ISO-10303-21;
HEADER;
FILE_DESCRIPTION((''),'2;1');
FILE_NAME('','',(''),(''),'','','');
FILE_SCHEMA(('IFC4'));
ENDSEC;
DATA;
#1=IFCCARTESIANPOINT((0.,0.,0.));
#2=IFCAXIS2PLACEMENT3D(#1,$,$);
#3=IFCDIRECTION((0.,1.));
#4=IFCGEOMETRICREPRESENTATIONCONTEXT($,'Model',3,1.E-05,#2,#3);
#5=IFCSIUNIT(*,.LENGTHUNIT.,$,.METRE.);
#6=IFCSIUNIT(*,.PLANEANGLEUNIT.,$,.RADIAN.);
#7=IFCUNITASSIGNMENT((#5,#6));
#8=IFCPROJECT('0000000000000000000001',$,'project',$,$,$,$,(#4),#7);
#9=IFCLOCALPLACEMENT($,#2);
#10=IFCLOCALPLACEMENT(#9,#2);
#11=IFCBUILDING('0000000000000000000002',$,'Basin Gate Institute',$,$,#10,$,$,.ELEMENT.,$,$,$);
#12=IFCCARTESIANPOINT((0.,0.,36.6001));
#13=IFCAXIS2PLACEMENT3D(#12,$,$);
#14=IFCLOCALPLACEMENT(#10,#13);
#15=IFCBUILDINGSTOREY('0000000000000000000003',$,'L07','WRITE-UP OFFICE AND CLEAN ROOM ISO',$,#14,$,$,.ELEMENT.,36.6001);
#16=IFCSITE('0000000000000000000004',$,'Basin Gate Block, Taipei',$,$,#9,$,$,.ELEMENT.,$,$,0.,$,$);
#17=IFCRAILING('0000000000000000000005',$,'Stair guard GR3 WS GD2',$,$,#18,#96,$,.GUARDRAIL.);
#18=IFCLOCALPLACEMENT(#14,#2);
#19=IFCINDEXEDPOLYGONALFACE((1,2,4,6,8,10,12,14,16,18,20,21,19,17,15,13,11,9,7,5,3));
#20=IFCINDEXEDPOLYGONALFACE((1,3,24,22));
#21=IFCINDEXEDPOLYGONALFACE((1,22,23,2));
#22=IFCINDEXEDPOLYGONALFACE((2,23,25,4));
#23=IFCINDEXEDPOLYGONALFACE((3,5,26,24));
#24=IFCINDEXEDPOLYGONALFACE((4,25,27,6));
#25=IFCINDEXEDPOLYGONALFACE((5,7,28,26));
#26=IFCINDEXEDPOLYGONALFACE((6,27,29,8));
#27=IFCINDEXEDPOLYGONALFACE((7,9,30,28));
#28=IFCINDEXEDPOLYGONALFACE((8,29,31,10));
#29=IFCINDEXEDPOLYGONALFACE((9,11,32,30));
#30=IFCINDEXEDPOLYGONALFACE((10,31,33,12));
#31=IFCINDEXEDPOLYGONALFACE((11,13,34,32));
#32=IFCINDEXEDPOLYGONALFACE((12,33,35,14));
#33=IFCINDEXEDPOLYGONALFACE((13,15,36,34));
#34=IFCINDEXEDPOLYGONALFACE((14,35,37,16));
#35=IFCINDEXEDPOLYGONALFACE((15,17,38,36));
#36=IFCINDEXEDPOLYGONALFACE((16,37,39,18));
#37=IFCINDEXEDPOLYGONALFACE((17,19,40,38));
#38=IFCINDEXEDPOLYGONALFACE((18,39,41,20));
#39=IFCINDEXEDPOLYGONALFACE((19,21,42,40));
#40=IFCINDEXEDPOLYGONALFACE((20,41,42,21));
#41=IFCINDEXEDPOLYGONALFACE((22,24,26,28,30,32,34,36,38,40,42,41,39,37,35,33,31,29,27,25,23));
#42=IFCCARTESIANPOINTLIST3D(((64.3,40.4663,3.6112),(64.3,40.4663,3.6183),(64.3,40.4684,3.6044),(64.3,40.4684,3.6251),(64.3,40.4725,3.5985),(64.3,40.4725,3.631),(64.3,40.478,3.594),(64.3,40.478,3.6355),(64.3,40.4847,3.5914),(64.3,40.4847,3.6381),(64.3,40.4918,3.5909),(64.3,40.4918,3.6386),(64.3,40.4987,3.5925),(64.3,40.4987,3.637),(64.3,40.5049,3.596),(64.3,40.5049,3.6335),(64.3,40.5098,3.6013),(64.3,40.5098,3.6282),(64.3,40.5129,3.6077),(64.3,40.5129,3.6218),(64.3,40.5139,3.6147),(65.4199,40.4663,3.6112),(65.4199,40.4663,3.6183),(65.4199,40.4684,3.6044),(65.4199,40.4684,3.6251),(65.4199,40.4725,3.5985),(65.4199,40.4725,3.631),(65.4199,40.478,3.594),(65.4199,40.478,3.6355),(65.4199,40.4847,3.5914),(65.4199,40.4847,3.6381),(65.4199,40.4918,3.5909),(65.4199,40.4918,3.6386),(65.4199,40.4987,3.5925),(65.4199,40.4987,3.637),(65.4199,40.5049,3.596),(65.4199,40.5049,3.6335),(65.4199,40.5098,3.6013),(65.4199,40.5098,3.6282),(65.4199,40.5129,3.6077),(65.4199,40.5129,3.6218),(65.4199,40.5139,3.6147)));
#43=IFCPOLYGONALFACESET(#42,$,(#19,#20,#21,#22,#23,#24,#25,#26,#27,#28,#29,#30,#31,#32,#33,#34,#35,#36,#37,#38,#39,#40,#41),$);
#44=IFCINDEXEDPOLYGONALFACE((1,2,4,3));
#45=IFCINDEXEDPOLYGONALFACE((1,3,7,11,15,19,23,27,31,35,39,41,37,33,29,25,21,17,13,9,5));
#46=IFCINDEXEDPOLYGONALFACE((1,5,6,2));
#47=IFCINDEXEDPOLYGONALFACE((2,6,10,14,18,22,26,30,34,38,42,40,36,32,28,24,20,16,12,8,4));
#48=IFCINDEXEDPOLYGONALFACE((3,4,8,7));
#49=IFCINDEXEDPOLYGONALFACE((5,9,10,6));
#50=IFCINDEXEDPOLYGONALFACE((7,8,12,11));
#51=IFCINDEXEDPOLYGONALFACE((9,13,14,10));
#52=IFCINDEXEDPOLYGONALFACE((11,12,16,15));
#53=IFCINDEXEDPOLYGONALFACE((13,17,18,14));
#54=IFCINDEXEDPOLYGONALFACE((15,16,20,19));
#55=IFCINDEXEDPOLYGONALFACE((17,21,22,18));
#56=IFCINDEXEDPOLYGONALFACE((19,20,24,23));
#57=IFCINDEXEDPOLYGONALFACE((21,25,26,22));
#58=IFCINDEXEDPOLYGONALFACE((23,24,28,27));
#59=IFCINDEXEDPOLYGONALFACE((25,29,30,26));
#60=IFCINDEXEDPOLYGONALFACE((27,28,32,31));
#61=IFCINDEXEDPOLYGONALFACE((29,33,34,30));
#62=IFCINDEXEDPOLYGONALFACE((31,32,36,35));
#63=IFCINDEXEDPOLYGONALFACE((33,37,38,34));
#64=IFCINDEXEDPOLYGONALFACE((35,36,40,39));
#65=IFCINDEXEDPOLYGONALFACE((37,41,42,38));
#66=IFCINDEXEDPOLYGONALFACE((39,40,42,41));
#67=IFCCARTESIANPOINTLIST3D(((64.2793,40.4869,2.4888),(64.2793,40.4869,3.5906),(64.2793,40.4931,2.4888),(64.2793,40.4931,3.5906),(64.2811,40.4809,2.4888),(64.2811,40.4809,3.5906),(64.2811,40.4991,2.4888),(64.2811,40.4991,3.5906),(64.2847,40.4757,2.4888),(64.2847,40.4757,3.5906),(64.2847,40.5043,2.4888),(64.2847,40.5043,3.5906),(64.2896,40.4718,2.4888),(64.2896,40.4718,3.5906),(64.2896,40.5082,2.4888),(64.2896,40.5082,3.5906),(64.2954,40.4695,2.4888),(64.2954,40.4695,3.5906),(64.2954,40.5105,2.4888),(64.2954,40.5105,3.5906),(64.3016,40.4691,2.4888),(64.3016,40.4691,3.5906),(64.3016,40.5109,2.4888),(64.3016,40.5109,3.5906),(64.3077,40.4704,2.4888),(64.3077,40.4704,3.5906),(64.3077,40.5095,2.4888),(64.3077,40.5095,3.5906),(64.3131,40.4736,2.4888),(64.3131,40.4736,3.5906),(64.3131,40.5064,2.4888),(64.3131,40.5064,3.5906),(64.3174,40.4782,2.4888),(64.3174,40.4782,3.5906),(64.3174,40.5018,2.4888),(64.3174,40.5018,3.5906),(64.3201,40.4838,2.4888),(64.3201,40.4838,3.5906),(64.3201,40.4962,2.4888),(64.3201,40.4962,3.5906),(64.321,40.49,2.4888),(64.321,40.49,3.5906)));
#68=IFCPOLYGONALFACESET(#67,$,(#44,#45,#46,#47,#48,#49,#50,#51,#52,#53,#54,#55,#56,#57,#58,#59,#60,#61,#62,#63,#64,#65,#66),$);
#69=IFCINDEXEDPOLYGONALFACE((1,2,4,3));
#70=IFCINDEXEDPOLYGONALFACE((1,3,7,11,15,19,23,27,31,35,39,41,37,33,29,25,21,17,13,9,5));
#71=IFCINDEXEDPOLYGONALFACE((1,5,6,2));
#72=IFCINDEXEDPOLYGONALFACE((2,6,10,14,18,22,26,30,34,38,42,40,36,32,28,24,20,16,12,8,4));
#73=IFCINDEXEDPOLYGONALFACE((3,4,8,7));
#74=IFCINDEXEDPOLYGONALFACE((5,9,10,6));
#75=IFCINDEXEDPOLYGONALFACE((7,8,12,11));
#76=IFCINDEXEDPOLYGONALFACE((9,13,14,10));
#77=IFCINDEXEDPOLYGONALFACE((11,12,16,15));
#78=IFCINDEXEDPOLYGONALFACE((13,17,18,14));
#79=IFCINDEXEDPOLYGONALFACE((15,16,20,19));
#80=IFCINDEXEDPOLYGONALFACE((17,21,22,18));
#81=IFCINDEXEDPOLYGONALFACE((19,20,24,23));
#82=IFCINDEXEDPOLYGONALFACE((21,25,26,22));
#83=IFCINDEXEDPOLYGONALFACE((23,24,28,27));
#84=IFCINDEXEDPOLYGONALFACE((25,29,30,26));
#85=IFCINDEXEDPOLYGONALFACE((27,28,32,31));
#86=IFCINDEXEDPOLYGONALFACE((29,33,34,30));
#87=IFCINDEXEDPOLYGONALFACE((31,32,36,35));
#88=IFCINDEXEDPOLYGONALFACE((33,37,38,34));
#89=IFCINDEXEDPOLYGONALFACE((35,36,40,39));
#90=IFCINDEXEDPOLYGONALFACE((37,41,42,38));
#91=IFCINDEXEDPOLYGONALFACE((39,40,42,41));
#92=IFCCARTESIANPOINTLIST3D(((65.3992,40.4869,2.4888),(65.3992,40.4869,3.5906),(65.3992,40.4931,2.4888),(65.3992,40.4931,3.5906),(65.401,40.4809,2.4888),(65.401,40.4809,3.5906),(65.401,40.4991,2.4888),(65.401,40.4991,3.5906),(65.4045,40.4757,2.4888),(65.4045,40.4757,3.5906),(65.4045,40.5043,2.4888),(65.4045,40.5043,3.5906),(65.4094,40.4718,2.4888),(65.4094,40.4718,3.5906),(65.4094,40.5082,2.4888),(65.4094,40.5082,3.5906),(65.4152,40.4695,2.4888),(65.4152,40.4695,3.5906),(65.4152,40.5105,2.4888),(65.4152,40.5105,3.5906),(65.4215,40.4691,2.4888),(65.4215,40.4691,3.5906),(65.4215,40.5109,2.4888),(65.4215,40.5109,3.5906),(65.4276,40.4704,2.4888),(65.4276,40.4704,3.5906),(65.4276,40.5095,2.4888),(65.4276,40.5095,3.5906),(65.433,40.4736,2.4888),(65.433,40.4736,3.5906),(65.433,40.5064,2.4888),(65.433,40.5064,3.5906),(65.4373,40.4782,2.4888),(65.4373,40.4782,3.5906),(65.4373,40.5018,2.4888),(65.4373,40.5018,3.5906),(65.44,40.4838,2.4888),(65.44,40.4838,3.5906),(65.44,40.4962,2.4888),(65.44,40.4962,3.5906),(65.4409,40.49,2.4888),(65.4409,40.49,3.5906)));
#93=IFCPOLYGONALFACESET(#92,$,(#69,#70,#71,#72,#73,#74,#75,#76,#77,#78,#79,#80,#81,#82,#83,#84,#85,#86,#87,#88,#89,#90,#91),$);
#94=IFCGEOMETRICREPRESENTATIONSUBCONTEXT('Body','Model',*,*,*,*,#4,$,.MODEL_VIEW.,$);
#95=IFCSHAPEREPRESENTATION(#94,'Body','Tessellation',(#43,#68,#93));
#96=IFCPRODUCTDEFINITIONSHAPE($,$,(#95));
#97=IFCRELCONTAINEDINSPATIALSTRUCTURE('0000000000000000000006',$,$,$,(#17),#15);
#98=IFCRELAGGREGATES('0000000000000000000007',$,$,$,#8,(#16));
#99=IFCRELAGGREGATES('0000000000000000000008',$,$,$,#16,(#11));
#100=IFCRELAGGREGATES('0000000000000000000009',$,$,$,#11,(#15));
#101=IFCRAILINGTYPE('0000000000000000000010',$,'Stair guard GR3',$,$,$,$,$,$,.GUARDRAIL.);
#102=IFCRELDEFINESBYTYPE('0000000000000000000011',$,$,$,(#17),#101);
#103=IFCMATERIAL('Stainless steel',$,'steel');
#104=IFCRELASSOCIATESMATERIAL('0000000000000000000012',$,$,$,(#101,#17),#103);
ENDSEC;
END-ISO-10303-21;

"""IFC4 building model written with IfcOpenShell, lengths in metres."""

from ifc_helpers import new_model, si_unit, direction, frame, origin, origin_2d, place, context, subcontext, project, spatial, circle, extrude, material, type_object, element, save


model = new_model("IFC4")

# Units and contexts
model_context = context("Model", 3, precision=1e-05, world=origin(), true_north=direction((0.0, 1.0)))
body_context = subcontext(model_context, "Body", "Model", "MODEL_VIEW")
ifc_project = project(units=[si_unit("LENGTHUNIT", "METRE"), si_unit("PLANEANGLEUNIT", "RADIAN")], contexts=[model_context])

# Site, building, storey
site_placement = place(None, origin())
site = spatial("IfcSite", under=ifc_project, at=site_placement, Name="Basin Gate Block, Taipei", CompositionType="ELEMENT", RefElevation=0.0)
building_placement = place(site_placement, origin())
building = spatial("IfcBuilding", under=site, at=building_placement, Name="Basin Gate Institute", CompositionType="ELEMENT")
storey_placement = place(building_placement, frame((0.0, 0.0, 36.6001)))
storey = spatial("IfcBuildingStorey", under=building, at=storey_placement, Name="L07", Description="WRITE-UP OFFICE AND CLEAN ROOM ISO", CompositionType="ELEMENT", Elevation=36.6001)

# Railing
ifc_material_1 = material(Name="Stainless steel", Category="steel")
railing_type_1 = type_object("IfcRailingType", Name="Stair guard GR3", PredefinedType="GUARDRAIL", material=ifc_material_1)
railing_1_placement = place(storey_placement, frame((64.3, 40.49, 2.4888)))
element("IfcRailing", 1, at=railing_1_placement, inside=storey, type_object=railing_type_1, material=ifc_material_1, Name="Stair guard GR3 WS GD2", PredefinedType="GUARDRAIL", context=body_context, shape_type="SweptSolid", body=[
    extrude(circle(Radius=0.0239, at=origin_2d()), frame((0.0, 0.0, 1.126), z_axis=(1.0, 0.0, 0.0), x_axis=(0.0, 1.0, 0.0)), (0.0, 0.0, 1.0), 1.1199),
    extrude(circle(Radius=0.021, at=origin_2d()), origin(), (0.0, 0.0, 1.0), 1.1018),
    extrude(circle(Radius=0.021, at=origin_2d()), frame((1.1199, 0.0, 0.0)), (0.0, 0.0, 1.0), 1.1018),
])

save(model, "model.ifc")
